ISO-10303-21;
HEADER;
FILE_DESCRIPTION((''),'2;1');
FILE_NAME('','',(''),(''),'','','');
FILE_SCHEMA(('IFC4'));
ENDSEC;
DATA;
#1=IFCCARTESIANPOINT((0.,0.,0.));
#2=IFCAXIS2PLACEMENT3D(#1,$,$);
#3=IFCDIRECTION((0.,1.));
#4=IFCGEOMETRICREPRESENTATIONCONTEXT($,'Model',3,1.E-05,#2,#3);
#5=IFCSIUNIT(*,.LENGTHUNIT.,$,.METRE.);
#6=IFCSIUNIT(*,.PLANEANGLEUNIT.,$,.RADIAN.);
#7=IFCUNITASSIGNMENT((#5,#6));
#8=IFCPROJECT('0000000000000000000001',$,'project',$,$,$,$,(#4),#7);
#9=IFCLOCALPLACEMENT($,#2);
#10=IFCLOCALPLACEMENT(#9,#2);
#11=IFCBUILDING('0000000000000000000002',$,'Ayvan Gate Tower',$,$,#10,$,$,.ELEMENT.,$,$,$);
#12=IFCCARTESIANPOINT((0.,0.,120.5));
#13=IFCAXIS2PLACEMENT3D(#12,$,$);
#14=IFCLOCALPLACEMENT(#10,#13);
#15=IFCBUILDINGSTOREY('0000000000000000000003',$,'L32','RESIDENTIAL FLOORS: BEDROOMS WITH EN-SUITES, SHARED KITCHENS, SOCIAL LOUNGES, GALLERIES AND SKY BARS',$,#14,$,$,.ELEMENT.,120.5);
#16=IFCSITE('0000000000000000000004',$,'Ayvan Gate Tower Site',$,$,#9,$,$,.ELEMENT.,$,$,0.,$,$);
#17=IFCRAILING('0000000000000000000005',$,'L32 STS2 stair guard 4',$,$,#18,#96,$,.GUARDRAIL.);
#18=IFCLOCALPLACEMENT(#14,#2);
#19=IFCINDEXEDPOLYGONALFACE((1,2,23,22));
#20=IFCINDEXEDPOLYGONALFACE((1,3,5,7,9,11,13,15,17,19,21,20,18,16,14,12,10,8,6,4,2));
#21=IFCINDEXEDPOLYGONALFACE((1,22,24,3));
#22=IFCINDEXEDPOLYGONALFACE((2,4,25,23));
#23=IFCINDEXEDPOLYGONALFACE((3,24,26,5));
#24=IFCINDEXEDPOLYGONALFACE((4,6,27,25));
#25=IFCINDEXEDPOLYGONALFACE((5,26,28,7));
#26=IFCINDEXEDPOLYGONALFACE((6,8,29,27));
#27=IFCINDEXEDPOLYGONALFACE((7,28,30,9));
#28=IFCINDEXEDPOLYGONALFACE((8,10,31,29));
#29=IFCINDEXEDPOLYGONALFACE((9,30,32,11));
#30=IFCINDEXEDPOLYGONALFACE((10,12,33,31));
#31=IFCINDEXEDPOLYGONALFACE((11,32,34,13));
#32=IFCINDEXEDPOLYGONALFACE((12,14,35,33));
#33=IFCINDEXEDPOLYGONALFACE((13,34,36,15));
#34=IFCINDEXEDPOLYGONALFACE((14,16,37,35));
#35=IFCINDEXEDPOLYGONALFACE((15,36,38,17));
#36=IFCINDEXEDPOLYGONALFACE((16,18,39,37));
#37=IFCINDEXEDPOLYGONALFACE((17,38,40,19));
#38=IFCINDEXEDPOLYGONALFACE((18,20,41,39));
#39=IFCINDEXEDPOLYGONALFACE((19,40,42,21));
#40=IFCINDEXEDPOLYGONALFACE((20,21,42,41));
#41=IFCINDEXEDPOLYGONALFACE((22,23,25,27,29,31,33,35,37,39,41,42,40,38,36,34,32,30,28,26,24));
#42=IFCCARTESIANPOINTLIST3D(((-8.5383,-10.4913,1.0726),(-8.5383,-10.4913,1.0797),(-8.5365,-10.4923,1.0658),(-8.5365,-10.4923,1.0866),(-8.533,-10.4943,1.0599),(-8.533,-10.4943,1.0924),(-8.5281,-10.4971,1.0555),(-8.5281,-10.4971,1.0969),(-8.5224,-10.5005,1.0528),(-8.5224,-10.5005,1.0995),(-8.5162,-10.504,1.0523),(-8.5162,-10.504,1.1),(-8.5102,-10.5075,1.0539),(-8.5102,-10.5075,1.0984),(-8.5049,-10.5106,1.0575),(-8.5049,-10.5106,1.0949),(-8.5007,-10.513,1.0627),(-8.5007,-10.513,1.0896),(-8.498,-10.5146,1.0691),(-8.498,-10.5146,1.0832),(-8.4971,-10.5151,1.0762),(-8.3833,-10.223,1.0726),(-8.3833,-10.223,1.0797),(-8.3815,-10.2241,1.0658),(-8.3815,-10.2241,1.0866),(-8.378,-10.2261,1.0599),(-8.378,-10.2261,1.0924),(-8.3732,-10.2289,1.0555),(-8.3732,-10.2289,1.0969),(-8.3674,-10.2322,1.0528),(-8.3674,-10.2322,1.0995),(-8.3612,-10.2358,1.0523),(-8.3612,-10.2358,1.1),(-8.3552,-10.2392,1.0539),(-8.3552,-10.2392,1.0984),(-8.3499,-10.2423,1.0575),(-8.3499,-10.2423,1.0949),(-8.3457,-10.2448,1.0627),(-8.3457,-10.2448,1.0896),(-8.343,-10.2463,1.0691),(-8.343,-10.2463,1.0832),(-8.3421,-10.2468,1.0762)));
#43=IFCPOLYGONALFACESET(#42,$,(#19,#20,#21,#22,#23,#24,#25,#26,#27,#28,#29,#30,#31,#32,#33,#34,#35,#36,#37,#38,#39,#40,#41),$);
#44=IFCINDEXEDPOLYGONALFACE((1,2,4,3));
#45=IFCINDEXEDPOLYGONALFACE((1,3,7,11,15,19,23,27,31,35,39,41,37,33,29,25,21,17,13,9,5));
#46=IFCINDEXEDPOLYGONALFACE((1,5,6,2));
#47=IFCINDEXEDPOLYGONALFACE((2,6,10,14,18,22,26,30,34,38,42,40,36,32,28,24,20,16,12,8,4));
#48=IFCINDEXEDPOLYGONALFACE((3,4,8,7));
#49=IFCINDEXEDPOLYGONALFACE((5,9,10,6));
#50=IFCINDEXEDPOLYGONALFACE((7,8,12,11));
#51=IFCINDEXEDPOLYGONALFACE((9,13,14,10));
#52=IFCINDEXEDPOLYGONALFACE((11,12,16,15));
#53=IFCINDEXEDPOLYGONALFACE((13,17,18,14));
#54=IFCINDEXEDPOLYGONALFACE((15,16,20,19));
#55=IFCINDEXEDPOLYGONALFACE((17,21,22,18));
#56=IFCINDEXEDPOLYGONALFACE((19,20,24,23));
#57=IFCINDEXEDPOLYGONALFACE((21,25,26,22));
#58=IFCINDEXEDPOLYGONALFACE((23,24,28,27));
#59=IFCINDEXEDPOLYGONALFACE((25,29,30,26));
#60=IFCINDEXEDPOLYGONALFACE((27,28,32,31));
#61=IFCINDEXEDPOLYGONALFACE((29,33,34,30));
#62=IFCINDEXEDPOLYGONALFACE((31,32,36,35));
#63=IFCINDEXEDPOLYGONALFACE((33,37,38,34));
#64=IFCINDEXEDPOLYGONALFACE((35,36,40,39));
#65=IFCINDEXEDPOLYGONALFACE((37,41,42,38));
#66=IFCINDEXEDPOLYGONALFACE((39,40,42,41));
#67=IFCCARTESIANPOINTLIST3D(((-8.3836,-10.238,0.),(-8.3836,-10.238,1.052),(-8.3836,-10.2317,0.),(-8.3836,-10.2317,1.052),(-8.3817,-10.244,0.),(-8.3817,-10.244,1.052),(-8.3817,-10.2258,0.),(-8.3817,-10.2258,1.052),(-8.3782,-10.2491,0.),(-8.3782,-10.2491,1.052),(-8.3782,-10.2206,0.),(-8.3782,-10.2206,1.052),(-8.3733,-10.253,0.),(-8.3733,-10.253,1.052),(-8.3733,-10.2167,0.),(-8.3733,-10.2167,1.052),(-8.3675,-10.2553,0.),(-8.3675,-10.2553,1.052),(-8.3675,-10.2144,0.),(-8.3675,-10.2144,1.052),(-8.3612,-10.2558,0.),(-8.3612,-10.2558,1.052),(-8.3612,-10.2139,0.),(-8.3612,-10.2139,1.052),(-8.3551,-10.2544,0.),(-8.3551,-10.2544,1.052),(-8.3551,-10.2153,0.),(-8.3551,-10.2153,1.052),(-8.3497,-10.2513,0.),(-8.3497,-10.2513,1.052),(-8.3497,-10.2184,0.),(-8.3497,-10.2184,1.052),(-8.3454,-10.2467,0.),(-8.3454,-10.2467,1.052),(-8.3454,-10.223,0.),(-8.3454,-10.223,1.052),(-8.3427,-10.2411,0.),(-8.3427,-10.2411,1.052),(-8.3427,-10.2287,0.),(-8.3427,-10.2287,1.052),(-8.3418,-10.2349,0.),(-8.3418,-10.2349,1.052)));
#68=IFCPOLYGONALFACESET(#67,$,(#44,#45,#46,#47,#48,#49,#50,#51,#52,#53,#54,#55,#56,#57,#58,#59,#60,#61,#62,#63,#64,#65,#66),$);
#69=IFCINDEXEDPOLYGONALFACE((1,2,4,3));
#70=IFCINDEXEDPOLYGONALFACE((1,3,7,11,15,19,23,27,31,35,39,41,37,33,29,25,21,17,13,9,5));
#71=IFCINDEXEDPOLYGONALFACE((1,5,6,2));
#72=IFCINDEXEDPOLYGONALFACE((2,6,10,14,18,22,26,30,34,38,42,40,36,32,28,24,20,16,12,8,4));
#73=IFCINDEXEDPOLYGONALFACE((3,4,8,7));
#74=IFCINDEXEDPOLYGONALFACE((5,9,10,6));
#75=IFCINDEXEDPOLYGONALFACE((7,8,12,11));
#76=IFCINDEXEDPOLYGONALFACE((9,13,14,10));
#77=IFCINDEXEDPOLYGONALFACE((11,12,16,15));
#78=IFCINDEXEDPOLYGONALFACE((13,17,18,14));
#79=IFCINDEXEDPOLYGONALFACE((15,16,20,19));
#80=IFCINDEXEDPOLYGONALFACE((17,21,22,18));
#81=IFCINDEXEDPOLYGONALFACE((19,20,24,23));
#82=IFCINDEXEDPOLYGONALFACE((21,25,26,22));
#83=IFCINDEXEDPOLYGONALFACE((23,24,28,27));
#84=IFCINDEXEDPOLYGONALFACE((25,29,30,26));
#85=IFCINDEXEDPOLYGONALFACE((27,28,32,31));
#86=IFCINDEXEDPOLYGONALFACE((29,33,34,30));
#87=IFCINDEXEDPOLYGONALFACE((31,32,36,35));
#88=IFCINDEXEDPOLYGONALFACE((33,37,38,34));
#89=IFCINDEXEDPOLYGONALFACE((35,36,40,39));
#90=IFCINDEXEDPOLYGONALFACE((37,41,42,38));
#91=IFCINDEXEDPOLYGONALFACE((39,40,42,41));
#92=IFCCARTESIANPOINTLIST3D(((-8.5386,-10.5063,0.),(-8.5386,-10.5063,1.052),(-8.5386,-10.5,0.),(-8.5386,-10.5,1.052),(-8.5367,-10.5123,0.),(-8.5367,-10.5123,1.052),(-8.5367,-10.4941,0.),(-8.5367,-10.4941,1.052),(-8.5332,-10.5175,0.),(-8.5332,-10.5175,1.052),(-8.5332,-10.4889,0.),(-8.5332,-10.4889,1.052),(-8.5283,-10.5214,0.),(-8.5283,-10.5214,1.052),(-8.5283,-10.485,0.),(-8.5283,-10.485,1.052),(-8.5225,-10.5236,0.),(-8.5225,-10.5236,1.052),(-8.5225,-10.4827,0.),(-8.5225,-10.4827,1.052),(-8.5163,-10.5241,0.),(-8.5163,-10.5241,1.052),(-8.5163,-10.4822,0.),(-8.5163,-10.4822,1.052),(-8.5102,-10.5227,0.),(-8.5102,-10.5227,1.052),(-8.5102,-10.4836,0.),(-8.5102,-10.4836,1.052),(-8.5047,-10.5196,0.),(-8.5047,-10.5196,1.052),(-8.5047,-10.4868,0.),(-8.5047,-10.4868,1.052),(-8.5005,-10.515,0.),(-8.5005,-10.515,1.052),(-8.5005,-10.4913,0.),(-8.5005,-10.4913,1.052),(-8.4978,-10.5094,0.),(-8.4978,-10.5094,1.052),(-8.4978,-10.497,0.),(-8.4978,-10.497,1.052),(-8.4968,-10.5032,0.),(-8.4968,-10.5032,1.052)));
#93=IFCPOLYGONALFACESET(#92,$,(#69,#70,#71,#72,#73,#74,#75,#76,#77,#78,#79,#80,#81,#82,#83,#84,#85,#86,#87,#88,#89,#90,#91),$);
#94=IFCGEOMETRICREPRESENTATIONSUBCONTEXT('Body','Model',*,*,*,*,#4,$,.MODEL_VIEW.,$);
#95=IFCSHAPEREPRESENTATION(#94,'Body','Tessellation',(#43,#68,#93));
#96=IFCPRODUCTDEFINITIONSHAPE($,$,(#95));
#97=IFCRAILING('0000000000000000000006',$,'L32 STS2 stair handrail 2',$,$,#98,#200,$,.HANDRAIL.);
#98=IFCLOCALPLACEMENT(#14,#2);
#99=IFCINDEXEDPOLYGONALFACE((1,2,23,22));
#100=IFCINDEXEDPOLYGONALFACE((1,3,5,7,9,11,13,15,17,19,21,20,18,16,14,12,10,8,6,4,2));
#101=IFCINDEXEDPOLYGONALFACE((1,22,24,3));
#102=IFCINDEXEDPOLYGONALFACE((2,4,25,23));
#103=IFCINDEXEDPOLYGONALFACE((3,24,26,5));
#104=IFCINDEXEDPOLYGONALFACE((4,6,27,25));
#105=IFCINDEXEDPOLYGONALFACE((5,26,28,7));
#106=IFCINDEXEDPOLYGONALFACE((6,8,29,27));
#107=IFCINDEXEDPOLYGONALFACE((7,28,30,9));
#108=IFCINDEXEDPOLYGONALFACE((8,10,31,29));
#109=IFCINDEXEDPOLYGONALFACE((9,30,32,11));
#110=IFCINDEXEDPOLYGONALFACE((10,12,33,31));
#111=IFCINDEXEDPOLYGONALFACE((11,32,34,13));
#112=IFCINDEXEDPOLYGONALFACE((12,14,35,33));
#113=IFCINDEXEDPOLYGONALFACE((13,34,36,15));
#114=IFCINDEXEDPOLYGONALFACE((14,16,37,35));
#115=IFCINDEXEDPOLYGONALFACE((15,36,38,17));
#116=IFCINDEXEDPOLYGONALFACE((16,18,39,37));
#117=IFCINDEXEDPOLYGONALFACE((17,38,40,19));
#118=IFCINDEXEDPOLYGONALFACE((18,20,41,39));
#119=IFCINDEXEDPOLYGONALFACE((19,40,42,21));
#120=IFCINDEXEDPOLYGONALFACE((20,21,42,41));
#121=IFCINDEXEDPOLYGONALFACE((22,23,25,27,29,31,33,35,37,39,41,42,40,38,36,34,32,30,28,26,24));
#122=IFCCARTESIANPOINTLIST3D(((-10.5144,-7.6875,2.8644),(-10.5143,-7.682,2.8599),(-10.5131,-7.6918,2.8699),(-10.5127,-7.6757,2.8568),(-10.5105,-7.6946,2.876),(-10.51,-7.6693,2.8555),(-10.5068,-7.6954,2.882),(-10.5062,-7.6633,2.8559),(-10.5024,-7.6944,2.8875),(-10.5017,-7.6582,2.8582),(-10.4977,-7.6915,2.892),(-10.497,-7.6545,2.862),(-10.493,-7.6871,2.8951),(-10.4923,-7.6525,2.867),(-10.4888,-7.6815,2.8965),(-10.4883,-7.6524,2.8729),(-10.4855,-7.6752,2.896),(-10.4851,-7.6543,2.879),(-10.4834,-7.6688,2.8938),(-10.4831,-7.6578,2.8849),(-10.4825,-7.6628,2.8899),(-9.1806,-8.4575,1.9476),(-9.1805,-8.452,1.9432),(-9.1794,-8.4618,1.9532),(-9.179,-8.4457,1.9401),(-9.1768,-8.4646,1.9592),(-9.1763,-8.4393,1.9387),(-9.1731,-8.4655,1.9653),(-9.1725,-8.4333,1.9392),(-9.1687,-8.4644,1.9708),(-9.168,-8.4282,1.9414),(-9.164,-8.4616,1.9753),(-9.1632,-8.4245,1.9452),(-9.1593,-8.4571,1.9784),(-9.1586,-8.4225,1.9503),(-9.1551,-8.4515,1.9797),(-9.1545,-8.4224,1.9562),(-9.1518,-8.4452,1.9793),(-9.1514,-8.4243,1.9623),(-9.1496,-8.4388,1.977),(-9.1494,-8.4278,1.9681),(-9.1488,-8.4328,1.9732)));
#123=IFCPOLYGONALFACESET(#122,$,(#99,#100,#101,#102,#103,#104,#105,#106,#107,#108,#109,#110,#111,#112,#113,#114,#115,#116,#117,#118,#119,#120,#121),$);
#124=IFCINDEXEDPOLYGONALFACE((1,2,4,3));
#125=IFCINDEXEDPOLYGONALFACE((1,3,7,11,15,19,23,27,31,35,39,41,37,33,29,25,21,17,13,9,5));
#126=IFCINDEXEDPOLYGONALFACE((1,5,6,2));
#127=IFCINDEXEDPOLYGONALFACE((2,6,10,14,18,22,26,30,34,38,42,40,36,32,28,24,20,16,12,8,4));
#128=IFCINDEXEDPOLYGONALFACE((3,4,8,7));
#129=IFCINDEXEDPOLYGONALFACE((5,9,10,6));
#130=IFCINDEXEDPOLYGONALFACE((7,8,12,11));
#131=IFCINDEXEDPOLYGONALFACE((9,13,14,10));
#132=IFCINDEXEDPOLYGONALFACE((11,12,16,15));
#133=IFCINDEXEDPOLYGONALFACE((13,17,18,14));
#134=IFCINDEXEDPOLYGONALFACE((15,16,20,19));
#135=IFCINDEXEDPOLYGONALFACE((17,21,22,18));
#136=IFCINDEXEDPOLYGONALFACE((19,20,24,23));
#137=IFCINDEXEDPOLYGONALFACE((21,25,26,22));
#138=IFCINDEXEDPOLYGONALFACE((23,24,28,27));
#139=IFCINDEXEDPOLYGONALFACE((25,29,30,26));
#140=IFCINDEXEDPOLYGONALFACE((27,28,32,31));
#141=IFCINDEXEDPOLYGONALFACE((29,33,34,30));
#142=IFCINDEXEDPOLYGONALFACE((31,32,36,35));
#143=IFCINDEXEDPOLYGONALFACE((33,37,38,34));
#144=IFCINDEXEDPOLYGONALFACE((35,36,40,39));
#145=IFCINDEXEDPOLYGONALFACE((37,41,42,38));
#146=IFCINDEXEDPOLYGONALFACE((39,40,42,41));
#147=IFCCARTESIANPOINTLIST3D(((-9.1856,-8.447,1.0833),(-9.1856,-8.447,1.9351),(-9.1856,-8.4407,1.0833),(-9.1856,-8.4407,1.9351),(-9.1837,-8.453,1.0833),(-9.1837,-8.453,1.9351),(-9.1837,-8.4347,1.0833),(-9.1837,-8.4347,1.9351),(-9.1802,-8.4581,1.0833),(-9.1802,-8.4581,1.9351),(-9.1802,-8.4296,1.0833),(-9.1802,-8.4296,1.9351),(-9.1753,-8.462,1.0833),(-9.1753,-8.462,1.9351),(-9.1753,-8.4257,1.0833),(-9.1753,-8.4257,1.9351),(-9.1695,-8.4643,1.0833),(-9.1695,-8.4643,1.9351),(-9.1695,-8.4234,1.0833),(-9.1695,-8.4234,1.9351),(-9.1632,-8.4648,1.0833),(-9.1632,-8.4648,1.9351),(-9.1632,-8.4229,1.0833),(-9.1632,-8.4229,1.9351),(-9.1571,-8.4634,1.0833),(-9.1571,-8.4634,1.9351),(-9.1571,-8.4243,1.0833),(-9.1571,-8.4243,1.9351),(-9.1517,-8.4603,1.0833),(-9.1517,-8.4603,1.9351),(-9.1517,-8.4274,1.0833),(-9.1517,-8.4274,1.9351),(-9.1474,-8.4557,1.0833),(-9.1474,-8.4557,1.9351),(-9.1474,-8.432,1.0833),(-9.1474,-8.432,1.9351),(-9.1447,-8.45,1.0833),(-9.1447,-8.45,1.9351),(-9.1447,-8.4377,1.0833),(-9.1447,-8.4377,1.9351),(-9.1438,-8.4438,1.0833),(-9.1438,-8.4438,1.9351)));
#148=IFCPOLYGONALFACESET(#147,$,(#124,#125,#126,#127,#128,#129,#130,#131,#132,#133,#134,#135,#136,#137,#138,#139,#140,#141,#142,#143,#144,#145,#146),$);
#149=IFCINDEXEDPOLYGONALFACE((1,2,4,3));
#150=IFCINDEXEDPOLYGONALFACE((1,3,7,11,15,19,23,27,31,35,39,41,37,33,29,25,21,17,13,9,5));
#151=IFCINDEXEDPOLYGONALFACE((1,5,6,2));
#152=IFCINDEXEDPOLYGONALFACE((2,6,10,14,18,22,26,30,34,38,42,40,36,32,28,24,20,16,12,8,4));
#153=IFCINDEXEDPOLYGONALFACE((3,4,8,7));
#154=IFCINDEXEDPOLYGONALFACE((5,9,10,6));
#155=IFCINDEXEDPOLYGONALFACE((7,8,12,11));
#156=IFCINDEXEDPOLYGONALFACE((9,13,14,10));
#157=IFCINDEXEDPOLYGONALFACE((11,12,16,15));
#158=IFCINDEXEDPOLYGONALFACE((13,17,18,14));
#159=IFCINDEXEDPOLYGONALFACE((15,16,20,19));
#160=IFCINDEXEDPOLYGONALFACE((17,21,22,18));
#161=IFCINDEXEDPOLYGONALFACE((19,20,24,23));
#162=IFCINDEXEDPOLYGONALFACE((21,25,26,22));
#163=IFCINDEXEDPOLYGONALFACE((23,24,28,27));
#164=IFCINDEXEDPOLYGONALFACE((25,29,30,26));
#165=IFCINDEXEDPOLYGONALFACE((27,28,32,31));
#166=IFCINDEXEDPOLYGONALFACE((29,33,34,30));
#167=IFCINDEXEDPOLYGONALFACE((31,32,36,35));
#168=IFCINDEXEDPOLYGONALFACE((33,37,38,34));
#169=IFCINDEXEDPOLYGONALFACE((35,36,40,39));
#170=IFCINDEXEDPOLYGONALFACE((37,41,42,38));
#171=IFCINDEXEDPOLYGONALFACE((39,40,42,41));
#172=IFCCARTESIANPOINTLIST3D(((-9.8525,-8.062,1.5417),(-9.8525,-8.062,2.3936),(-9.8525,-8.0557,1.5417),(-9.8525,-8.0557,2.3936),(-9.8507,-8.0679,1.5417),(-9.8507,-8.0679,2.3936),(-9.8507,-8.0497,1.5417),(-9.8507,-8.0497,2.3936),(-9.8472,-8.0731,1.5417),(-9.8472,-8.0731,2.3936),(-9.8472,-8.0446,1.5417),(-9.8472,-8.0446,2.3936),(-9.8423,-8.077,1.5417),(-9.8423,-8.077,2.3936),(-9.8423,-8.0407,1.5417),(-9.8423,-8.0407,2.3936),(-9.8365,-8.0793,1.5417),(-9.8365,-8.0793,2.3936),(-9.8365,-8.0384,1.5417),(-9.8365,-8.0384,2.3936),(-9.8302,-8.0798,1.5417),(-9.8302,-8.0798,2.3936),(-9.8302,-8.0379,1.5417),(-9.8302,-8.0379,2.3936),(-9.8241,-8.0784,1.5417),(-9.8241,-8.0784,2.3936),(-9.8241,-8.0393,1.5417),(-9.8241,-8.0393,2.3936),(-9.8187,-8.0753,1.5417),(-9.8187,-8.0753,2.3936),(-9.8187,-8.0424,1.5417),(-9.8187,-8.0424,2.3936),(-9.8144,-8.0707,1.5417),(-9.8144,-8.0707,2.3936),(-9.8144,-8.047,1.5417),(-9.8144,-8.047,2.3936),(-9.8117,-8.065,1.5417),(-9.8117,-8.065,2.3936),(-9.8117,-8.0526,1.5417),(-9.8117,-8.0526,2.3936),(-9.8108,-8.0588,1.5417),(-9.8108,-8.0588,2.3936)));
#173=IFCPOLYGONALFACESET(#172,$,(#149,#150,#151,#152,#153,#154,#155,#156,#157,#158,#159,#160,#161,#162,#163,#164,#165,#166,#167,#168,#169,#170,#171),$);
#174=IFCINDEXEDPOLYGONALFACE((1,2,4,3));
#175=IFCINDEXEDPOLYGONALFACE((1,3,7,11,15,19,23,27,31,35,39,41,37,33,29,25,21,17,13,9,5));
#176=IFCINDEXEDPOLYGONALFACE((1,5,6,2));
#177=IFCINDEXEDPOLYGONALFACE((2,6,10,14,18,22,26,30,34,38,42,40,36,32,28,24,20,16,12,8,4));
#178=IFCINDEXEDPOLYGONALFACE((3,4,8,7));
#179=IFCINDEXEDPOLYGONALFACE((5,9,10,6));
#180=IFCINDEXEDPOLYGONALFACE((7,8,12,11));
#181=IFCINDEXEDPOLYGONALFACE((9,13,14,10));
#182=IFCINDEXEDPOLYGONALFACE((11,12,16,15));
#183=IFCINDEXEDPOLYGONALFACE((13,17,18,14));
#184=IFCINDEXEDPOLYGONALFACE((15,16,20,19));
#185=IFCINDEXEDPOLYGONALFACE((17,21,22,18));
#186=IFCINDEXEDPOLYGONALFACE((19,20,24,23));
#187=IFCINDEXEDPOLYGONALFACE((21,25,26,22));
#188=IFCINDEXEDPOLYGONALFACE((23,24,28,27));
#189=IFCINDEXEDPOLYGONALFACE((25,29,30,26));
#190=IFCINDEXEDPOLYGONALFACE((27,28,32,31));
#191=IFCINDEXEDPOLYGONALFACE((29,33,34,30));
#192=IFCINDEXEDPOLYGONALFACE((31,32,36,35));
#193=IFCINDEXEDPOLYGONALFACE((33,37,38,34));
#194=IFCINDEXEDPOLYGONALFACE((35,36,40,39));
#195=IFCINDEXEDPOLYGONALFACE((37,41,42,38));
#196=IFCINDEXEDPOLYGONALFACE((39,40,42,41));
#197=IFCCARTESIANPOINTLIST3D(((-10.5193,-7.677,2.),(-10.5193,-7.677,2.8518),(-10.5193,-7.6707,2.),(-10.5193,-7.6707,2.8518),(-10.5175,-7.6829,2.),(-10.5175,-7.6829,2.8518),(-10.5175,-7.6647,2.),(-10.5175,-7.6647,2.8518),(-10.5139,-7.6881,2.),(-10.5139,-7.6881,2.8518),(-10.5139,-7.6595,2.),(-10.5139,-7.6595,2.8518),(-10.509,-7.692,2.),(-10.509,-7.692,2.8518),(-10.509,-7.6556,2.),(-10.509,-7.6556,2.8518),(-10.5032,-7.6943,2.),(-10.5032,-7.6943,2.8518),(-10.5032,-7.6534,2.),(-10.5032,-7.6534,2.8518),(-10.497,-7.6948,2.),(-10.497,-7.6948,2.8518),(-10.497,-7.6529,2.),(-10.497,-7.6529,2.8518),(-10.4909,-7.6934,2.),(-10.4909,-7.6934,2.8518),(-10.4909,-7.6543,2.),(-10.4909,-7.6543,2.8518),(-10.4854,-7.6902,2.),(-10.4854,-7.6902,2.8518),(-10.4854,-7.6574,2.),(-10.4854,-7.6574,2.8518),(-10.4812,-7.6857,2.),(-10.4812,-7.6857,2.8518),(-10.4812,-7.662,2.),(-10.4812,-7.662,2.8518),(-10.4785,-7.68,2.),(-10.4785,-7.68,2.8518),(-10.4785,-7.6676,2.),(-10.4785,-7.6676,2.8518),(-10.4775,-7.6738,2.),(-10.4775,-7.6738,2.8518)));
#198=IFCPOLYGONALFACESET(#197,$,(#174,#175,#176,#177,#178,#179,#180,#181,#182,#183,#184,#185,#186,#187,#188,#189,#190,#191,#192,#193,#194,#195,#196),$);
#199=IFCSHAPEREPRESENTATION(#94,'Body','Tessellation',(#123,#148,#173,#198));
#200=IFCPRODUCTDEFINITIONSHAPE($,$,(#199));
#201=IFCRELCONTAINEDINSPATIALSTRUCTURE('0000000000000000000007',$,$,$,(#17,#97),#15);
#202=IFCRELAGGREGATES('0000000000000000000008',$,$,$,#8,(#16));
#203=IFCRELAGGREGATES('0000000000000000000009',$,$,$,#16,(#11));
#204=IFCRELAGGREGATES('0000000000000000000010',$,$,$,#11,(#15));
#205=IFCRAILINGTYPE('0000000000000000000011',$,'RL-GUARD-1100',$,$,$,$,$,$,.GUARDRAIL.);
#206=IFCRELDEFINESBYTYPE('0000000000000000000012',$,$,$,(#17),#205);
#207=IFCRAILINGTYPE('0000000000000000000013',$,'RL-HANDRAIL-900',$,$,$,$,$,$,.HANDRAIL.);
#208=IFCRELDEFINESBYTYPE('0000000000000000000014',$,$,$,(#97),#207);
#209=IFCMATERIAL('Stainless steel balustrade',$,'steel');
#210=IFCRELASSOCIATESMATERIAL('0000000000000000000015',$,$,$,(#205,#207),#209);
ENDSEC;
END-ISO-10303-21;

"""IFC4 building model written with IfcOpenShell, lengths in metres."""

from ifc_helpers import new_model, si_unit, direction, frame, origin, origin_2d, place, context, subcontext, project, spatial, circle, extrude, material, type_object, element, save


model = new_model("IFC4")

# Units and contexts
model_context = context("Model", 3, precision=1e-05, world=origin(), true_north=direction((0.0, 1.0)))
body_context = subcontext(model_context, "Body", "Model", "MODEL_VIEW")
ifc_project = project(units=[si_unit("LENGTHUNIT", "METRE"), si_unit("PLANEANGLEUNIT", "RADIAN")], contexts=[model_context])

# Site, building, storey
site_placement = place(None, origin())
site = spatial("IfcSite", under=ifc_project, at=site_placement, Name="Ayvan Gate Tower Site", CompositionType="ELEMENT", RefElevation=0.0)
building_placement = place(site_placement, origin())
building = spatial("IfcBuilding", under=site, at=building_placement, Name="Ayvan Gate Tower", CompositionType="ELEMENT")
storey_placement = place(building_placement, frame((0.0, 0.0, 120.5)))
storey = spatial("IfcBuildingStorey", under=building, at=storey_placement, Name="L32", Description="RESIDENTIAL FLOORS: BEDROOMS WITH EN-SUITES, SHARED KITCHENS, SOCIAL LOUNGES, GALLERIES AND SKY BARS", CompositionType="ELEMENT", Elevation=120.5)

# Railings
ifc_material_1 = material(Name="Stainless steel balustrade", Category="steel")
railing_type_1 = type_object("IfcRailingType", Name="RL-GUARD-1100", PredefinedType="GUARDRAIL", material=ifc_material_1)
railing_1_placement = place(storey_placement, frame((-8.3628, -10.2349, 0.0)))
element("IfcRailing", 1, at=railing_1_placement, inside=storey, type_object=railing_type_1, Name="L32 STS2 stair guard 4", PredefinedType="GUARDRAIL", context=body_context, shape_type="SweptSolid", body=[
    extrude(circle(Radius=0.0239, at=origin_2d()), frame((0.0, 0.0, 1.0762), z_axis=(-0.500291, -0.865857, 0.0), x_axis=(0.865857, -0.500291, 0.0)), (0.0, 0.0, 1.0), 0.3098),
    extrude(circle(Radius=0.021, at=origin_2d()), origin(), (0.0, 0.0, 1.0), 1.052),
    extrude(circle(Radius=0.021, at=origin_2d()), frame((-0.155, -0.2683, 0.0)), (0.0, 0.0, 1.0), 1.052),
])
railing_type_2 = type_object("IfcRailingType", Name="RL-HANDRAIL-900", PredefinedType="HANDRAIL", material=ifc_material_1)
railing_2_placement = place(storey_placement, frame((-9.1648, -8.4438, 1.0833)))
element("IfcRailing", 2, at=railing_2_placement, inside=storey, type_object=railing_type_2, Name="L32 STS2 stair handrail 2", PredefinedType="HANDRAIL", context=body_context, shape_type="SweptSolid", body=[
    extrude(circle(Radius=0.0239, at=origin_2d()), frame((0.0, 0.0, 0.876), z_axis=(-0.744164, 0.429634, 0.511502), x_axis=(-0.499992, -0.86603, 0.0)), (0.0, 0.0, 1.0), 1.7922),
    extrude(circle(Radius=0.021, at=origin_2d()), origin(), (0.0, 0.0, 1.0), 0.8518),
    extrude(circle(Radius=0.021, at=origin_2d()), frame((-0.667, 0.385, 0.4585)), (0.0, 0.0, 1.0), 0.8518),
    extrude(circle(Radius=0.021, at=origin_2d()), frame((-1.3337, 0.77, 0.9167)), (0.0, 0.0, 1.0), 0.8518),
])

save(model, "model.ifc")
